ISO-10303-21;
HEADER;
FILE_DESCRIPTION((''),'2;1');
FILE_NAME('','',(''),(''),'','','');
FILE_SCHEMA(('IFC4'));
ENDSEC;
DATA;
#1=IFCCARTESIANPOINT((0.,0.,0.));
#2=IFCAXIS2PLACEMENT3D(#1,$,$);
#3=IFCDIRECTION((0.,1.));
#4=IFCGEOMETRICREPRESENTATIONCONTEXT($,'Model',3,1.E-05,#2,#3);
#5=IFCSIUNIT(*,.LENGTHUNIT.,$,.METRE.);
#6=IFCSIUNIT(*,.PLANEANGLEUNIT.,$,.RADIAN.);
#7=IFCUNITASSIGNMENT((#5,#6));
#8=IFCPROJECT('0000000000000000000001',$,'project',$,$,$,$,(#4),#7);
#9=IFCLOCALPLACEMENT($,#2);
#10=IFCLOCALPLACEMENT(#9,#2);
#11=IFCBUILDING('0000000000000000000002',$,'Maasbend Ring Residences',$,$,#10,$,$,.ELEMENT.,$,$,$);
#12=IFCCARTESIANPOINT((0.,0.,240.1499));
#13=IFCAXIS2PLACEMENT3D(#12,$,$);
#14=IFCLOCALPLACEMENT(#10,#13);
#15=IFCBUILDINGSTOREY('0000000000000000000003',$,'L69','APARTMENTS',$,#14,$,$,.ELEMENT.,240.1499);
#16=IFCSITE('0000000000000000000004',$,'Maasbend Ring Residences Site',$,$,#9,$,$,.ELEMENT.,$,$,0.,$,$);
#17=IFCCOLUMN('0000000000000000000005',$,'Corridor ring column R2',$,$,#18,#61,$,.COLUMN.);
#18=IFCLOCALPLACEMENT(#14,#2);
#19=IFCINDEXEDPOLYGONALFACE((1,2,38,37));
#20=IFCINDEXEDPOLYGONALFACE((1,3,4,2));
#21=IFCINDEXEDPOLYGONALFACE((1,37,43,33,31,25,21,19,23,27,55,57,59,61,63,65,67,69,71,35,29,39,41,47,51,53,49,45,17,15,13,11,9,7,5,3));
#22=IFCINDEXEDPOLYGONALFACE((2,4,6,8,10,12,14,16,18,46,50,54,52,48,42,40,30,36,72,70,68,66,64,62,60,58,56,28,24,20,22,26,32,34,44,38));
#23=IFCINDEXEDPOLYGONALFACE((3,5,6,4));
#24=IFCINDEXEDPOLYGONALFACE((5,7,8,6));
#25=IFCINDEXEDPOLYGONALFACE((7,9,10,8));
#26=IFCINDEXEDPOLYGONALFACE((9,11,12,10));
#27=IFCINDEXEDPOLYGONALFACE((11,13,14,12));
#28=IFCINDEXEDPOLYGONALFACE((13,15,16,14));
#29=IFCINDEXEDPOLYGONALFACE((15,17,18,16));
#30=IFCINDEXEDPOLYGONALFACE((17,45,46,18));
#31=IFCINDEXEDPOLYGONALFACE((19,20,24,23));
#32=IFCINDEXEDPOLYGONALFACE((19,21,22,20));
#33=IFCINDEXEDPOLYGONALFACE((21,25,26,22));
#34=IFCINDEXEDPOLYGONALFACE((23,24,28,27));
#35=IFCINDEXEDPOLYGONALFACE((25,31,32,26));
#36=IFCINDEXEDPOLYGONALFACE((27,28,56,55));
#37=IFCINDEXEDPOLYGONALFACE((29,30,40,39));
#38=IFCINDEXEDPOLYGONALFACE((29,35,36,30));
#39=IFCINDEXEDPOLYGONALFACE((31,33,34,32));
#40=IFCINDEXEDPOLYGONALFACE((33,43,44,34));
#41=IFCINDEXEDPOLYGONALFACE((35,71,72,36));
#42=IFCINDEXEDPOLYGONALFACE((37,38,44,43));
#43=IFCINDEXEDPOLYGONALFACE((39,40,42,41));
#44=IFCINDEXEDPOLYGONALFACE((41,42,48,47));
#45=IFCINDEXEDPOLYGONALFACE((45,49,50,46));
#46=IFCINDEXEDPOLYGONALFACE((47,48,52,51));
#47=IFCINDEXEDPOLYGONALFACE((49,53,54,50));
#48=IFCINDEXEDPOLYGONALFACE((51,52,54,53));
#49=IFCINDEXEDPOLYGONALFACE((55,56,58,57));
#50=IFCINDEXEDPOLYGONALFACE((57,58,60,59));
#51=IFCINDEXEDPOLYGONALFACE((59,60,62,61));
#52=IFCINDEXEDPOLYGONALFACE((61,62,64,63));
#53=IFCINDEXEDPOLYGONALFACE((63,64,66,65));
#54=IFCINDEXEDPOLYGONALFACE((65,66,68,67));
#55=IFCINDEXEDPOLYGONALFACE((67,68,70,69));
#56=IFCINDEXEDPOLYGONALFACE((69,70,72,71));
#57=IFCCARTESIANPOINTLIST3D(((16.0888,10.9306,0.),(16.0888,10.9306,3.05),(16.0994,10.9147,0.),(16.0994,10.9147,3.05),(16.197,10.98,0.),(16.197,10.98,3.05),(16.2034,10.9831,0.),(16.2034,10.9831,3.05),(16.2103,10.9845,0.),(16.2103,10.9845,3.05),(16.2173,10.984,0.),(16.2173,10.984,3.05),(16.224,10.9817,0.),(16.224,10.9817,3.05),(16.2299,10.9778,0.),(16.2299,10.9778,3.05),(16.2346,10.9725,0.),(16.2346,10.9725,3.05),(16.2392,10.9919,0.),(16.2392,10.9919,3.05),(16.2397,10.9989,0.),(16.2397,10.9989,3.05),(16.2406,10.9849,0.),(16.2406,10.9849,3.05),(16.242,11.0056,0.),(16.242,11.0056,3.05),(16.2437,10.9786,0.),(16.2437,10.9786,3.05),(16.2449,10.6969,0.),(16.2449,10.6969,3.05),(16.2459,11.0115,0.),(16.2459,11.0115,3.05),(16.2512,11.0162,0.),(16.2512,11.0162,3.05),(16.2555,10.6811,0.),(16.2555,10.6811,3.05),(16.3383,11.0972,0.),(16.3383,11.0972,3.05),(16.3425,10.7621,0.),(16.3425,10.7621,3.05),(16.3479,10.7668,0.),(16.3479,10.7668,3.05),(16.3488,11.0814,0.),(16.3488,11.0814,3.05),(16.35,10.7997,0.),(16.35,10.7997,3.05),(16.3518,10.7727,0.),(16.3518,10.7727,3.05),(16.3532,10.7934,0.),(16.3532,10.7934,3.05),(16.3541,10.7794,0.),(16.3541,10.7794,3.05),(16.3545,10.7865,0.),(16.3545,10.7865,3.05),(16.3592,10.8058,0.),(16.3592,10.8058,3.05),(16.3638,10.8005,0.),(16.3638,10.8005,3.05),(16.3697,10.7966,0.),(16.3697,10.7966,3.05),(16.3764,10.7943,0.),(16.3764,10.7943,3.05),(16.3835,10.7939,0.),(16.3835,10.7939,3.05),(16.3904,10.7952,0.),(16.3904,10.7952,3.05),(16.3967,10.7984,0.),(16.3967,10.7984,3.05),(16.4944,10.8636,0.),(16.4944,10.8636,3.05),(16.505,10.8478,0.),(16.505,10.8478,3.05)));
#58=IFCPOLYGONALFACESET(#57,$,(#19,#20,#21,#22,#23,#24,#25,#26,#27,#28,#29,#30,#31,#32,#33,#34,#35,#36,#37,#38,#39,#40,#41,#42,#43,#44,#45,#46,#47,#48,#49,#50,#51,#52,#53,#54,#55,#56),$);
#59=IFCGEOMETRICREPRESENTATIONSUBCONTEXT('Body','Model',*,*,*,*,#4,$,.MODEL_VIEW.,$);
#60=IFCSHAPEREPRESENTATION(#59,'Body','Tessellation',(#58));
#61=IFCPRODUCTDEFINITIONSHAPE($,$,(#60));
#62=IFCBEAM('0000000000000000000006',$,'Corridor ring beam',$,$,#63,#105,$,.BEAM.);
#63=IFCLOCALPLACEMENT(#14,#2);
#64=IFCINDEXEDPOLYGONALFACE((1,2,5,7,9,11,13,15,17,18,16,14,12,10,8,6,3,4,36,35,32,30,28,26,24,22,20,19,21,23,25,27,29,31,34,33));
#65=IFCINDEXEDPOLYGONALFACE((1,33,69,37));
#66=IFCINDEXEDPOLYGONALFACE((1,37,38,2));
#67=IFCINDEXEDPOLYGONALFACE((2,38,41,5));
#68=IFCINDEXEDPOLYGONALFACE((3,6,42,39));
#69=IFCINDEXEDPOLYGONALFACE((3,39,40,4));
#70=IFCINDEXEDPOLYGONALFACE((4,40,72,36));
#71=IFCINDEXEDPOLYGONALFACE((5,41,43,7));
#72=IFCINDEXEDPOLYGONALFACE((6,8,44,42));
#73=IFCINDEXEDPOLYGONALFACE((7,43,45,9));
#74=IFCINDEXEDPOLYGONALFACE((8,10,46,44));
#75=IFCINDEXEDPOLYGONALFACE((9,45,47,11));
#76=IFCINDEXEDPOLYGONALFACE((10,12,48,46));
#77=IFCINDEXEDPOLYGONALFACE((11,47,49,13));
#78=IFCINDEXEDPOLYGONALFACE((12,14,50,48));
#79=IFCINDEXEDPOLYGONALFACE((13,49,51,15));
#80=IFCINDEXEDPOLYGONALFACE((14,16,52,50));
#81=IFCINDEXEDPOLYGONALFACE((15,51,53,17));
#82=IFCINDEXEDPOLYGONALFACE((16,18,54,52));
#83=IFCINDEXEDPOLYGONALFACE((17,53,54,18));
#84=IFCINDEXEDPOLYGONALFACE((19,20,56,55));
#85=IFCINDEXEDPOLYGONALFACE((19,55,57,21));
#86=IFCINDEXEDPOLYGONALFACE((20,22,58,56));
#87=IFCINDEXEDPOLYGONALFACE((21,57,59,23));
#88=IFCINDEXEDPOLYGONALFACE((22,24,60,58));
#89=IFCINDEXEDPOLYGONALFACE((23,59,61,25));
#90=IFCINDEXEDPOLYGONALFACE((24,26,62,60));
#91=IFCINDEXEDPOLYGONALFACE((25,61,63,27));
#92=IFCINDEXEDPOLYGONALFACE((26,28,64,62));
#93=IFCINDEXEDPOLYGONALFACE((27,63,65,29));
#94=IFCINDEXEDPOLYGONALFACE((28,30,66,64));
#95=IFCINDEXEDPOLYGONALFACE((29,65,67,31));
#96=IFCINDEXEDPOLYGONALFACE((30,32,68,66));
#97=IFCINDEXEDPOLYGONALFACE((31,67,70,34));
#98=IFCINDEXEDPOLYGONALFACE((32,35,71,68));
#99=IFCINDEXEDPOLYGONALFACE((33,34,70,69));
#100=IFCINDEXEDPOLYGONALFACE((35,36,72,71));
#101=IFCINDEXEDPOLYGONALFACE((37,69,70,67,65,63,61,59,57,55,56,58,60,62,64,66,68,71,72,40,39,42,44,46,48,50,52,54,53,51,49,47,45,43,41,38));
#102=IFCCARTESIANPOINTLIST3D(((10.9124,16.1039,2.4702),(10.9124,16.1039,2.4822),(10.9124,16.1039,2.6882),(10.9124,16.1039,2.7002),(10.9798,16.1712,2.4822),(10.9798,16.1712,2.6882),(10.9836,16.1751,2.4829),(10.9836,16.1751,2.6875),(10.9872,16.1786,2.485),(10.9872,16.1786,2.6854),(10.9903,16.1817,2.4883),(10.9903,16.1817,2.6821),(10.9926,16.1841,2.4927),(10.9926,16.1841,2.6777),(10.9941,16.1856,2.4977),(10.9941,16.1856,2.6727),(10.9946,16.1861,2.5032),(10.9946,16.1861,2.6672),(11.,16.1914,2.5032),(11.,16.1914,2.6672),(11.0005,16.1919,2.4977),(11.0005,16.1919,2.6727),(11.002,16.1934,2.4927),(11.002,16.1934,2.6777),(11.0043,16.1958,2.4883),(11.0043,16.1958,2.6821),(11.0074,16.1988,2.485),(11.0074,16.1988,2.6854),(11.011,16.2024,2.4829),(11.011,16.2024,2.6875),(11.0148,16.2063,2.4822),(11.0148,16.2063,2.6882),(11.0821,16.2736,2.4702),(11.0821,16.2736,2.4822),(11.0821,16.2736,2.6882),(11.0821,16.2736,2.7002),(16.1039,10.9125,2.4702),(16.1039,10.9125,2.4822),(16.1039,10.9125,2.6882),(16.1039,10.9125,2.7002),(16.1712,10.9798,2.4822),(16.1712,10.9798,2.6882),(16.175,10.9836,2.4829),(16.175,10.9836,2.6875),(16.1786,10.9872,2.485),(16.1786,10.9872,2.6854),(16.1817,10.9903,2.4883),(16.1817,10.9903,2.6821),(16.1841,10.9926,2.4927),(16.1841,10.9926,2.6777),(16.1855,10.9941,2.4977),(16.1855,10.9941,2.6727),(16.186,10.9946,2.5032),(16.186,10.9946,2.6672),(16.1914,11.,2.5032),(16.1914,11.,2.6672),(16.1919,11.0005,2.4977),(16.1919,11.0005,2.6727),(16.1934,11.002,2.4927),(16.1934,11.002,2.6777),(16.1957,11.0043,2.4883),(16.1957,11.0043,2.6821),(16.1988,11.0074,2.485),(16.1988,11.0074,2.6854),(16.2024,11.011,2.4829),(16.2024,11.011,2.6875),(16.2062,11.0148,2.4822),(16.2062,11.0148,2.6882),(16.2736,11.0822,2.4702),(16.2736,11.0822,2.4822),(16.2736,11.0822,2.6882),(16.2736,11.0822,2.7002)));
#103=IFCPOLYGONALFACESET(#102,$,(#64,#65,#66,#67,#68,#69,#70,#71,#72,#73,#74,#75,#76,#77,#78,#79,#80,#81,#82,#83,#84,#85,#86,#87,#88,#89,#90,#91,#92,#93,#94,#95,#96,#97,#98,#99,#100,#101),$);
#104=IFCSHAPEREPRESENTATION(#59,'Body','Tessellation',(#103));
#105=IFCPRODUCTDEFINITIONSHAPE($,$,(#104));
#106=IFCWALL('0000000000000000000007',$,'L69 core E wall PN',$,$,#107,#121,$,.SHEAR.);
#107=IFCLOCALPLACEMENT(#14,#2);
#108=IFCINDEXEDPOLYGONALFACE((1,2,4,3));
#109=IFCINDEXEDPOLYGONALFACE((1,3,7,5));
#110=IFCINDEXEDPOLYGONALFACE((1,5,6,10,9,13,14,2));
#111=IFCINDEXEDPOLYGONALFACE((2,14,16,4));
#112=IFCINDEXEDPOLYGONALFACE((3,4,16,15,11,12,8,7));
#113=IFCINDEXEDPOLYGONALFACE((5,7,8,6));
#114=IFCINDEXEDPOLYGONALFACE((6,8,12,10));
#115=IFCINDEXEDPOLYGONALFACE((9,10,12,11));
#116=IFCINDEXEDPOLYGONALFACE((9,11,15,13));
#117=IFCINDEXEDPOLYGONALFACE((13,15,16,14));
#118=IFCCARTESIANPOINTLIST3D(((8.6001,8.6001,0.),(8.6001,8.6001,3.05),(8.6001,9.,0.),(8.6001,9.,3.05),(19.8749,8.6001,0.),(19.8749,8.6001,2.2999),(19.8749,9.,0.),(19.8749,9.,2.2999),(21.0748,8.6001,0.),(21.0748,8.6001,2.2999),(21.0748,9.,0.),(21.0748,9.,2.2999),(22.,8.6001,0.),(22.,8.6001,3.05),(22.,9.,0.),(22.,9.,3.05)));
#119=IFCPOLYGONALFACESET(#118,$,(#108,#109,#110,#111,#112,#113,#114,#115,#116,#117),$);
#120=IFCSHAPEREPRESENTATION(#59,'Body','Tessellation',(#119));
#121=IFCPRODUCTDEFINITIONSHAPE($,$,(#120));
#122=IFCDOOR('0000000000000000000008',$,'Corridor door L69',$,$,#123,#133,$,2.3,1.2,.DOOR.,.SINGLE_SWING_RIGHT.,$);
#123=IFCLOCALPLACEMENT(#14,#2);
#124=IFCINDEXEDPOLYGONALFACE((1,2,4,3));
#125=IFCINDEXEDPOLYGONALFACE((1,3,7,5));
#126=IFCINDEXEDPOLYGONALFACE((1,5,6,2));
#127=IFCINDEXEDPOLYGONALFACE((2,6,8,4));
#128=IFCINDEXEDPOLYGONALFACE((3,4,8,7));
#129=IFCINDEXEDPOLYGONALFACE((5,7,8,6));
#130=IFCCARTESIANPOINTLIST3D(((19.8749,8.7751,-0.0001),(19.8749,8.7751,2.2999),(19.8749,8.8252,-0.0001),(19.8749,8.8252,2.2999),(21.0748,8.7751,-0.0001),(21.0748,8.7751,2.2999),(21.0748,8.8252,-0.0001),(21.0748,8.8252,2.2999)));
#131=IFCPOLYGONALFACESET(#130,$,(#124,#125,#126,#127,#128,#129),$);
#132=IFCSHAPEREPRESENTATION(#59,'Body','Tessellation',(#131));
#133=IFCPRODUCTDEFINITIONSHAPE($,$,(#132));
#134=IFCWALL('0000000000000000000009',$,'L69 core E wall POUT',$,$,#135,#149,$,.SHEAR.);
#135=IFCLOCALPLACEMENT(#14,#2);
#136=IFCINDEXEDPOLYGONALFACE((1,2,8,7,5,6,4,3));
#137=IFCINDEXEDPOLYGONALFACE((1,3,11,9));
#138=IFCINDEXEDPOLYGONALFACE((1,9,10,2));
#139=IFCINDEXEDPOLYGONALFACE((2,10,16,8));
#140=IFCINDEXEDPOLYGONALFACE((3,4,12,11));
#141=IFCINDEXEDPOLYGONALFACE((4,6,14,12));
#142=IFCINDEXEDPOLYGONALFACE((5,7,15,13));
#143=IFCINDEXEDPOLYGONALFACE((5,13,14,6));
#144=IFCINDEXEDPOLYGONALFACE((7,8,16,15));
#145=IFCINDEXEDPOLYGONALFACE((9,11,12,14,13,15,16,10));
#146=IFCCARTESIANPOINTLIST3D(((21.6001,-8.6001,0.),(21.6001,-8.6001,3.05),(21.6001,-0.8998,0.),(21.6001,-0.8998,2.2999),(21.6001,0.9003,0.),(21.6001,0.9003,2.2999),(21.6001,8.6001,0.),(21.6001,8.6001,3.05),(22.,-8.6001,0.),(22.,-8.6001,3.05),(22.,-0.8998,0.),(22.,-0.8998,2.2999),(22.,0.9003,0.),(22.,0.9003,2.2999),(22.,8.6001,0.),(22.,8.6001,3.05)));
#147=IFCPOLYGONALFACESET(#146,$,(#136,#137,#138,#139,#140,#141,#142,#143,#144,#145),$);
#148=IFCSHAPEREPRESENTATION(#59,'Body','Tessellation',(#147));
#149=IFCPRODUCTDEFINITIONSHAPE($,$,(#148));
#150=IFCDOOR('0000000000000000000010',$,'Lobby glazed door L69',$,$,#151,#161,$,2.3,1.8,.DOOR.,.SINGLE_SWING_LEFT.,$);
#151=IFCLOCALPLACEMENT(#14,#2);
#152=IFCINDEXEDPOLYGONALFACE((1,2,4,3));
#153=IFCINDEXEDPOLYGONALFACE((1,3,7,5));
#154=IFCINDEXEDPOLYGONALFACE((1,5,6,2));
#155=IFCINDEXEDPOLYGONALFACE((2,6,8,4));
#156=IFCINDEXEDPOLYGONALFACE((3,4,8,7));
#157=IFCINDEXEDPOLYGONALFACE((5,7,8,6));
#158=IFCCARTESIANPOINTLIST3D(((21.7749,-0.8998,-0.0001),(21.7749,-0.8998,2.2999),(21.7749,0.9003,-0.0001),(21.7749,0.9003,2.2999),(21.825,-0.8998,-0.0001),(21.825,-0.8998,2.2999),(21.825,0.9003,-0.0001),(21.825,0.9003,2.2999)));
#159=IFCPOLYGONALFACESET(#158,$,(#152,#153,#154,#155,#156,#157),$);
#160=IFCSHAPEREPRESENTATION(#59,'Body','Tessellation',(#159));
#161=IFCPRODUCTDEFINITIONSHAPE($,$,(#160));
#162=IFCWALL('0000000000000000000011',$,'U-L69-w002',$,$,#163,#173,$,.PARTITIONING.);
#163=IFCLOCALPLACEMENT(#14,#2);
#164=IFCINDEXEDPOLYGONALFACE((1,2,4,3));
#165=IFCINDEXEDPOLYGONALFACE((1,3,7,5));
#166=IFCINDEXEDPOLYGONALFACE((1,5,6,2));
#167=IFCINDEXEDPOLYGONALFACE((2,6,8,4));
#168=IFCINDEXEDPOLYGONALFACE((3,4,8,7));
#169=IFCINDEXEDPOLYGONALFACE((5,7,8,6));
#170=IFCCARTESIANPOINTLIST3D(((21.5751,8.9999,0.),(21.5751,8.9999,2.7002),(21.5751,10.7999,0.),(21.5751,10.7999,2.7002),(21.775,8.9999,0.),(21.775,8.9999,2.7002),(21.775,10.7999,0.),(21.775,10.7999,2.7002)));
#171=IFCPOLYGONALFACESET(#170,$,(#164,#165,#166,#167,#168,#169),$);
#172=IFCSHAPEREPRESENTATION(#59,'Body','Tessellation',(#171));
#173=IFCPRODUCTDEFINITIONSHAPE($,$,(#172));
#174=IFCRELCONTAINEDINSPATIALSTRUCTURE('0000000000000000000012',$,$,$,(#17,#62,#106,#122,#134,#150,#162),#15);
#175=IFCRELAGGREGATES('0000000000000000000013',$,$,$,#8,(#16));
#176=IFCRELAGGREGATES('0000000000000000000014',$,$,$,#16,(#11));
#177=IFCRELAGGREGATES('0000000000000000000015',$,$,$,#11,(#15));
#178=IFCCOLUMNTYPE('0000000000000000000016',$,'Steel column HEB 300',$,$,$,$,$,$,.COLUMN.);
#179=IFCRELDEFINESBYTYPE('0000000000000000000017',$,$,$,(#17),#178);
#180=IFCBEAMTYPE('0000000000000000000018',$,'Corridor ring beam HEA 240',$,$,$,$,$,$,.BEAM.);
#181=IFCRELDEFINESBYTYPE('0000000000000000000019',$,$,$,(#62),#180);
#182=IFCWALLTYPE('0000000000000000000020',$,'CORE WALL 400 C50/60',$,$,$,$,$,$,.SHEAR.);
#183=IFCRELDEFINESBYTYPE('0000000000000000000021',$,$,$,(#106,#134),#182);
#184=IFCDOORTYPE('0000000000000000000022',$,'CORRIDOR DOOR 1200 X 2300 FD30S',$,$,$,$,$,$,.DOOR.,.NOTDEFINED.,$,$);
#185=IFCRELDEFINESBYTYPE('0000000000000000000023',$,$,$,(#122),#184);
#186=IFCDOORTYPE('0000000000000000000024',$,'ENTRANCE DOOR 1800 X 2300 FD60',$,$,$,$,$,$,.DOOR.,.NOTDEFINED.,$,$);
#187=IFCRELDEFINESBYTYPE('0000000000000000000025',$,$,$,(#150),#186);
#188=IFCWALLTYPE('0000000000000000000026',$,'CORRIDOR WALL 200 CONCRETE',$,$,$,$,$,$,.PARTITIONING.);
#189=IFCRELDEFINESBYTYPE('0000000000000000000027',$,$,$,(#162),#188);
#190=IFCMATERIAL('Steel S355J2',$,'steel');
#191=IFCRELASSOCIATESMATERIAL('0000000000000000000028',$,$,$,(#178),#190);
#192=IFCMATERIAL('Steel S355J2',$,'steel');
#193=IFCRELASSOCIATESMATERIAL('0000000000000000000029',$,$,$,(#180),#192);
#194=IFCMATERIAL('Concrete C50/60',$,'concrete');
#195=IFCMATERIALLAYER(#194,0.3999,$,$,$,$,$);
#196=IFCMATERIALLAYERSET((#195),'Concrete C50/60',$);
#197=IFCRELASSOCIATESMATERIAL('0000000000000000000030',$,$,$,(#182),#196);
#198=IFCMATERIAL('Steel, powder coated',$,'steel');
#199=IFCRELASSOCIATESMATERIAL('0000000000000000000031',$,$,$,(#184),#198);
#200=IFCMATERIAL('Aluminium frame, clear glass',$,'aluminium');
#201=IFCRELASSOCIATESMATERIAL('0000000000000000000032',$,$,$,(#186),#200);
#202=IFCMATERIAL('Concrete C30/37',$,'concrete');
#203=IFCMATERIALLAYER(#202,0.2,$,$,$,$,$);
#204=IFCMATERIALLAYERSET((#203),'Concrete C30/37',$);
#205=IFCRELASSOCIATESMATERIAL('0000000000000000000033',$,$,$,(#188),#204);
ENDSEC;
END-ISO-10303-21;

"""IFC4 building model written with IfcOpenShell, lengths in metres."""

from ifc_helpers import new_model, si_unit, direction, frame, frame_2d, origin, origin_2d, place, context, subcontext, project, spatial, rectangle, i_section, extrude, material, layer, layer_set, material_profile, profile_set, type_object, element, fill, save


model = new_model("IFC4")

# Units and contexts
model_context = context("Model", 3, precision=1e-05, world=origin(), true_north=direction((0.0, 1.0)))
body_context = subcontext(model_context, "Body", "Model", "MODEL_VIEW")
ifc_project = project(units=[si_unit("LENGTHUNIT", "METRE"), si_unit("PLANEANGLEUNIT", "RADIAN")], contexts=[model_context])

# Site, building, storey
site_placement = place(None, origin())
site = spatial("IfcSite", under=ifc_project, at=site_placement, Name="Maasbend Ring Residences Site", CompositionType="ELEMENT", RefElevation=0.0)
building_placement = place(site_placement, origin())
building = spatial("IfcBuilding", under=site, at=building_placement, Name="Maasbend Ring Residences", CompositionType="ELEMENT")
storey_placement = place(building_placement, frame((0.0, 0.0, 240.1499)))
storey = spatial("IfcBuildingStorey", under=building, at=storey_placement, Name="L69", Description="APARTMENTS", CompositionType="ELEMENT", Elevation=240.1499)

# Column
ifc_material_1 = material(Name="Steel S355J2", Category="steel")
ifc_material_profile_1 = material_profile(ifc_material_1, i_section(OverallWidth=0.3, OverallDepth=0.3, WebThickness=0.011, FlangeThickness=0.019, FilletRadius=0.0271, at=origin_2d()), Name="HEB 300")
ifc_profile_set_1 = profile_set([ifc_material_profile_1], Name="Steel S355J2")
column_type = type_object("IfcColumnType", Name="Steel column HEB 300", PredefinedType="COLUMN", material=ifc_profile_set_1)
column_placement = place(storey_placement, frame((16.2969, 10.8892, 0.0), z_axis=(0.0, 0.0, 1.0), x_axis=(0.83147, 0.55557, 0.0)))
element("IfcColumn", 1, at=column_placement, inside=storey, type_object=column_type, Name="Corridor ring column R2", PredefinedType="COLUMN", context=body_context, shape_type="SweptSolid", body=[
    extrude(i_section(OverallWidth=0.3, OverallDepth=0.3, WebThickness=0.011, FlangeThickness=0.019, FilletRadius=0.0271, at=origin_2d()), origin(), (0.0, 0.0, 1.0), 3.05),
])

# Beam
ifc_material_2 = material(Name="Steel S355J2", Category="steel")
ifc_material_profile_2 = material_profile(ifc_material_2, i_section(OverallWidth=0.24, OverallDepth=0.23, WebThickness=0.0076, FlangeThickness=0.012, FilletRadius=0.021, at=origin_2d()), Name="HEA 240")
ifc_profile_set_2 = profile_set([ifc_material_profile_2], Name="Steel S355J2")
beam_type = type_object("IfcBeamType", Name="Corridor ring beam HEA 240", PredefinedType="BEAM", material=ifc_profile_set_2)
beam_placement = place(storey_placement, frame((16.1887, 10.9973, 2.5852), z_axis=(-0.707107, 0.707107, 0.0), x_axis=(-0.707107, -0.707107, 0.0)))
element("IfcBeam", 2, at=beam_placement, inside=storey, type_object=beam_type, Name="Corridor ring beam", PredefinedType="BEAM", context=body_context, shape_type="SweptSolid", body=[
    extrude(i_section(OverallWidth=0.24, OverallDepth=0.23, WebThickness=0.0076, FlangeThickness=0.012, FilletRadius=0.021, at=origin_2d()), origin(), (0.0, 0.0, 1.0), 7.3418),
])

# Walls, openings, doors
ifc_material_3 = material(Name="Concrete C50/60", Category="concrete")
ifc_layer_1 = layer(ifc_material_3, 0.3999)
ifc_layer_set_1 = layer_set([ifc_layer_1], Name="Concrete C50/60")
wall_type_1 = type_object("IfcWallType", Name="CORE WALL 400 C50/60", PredefinedType="SHEAR", material=ifc_layer_set_1)
wall_1_placement = place(storey_placement, frame((22.0, 8.8, 0.0), z_axis=(0.0, 0.0, 1.0), x_axis=(-1.0, 0.0, 0.0)))
wall_1 = element("IfcWall", 3, at=wall_1_placement, inside=storey, type_object=wall_type_1, Name="L69 core E wall PN", PredefinedType="SHEAR", context=body_context, shape_type="SweptSolid", body=[
    extrude(rectangle(XDim=13.3999, YDim=0.3999, at=frame_2d((6.7, 0.0))), origin(), (0.0, 0.0, 1.0), 3.05),
])
opening_1_placement = place(wall_1_placement, frame((0.925, 0.0, 0.0)))
opening_1 = element("IfcOpeningElement", 4, at=opening_1_placement, cuts=wall_1, PredefinedType="OPENING", context=body_context, shape_type="SweptSolid", body=[
    extrude(rectangle(XDim=1.2, YDim=2.3, at=frame_2d((0.6001, 1.1499))), frame((0.0, 0.21, 0.0), z_axis=(0.0, -1.0, 0.0), x_axis=(1.0, 0.0, 0.0)), (0.0, 0.0, 1.0), 0.4199),
])
ifc_material_4 = material(Name="Steel, powder coated", Category="steel")
door_type_1 = type_object("IfcDoorType", Name="CORRIDOR DOOR 1200 X 2300 FD30S", OperationType="NOTDEFINED", PredefinedType="DOOR", material=ifc_material_4)
door_1_placement = place(opening_1_placement, origin())
door_1 = element("IfcDoor", 5, at=door_1_placement, inside=storey, type_object=door_type_1, Name="Corridor door L69", OperationType="SINGLE_SWING_RIGHT", OverallHeight=2.3, OverallWidth=1.2, PredefinedType="DOOR", context=body_context, shape_type="SweptSolid", body=[
    extrude(rectangle(XDim=1.2, YDim=2.3, at=frame_2d((0.6001, 1.1499))), frame((0.0, 0.0249, 0.0), z_axis=(0.0, -1.0, 0.0), x_axis=(1.0, 0.0, 0.0)), (0.0, 0.0, 1.0), 0.05),
])
fill(opening_1, door_1)
wall_2_placement = place(storey_placement, frame((21.8, 8.6001, 0.0), z_axis=(0.0, 0.0, 1.0), x_axis=(0.0, -1.0, 0.0)))
wall_2 = element("IfcWall", 6, at=wall_2_placement, inside=storey, type_object=wall_type_1, Name="L69 core E wall POUT", PredefinedType="SHEAR", context=body_context, shape_type="SweptSolid", body=[
    extrude(rectangle(XDim=17.2002, YDim=0.3999, at=frame_2d((8.6001, 0.0))), origin(), (0.0, 0.0, 1.0), 3.05),
])
opening_2_placement = place(wall_2_placement, frame((7.7, 0.0, 0.0)))
opening_2 = element("IfcOpeningElement", 7, at=opening_2_placement, cuts=wall_2, PredefinedType="OPENING", context=body_context, shape_type="SweptSolid", body=[
    extrude(rectangle(XDim=1.8, YDim=2.3, at=frame_2d((0.8999, 1.1499))), frame((0.0, 0.21, 0.0), z_axis=(0.0, -1.0, 0.0), x_axis=(1.0, 0.0, 0.0)), (0.0, 0.0, 1.0), 0.4199),
])
ifc_material_5 = material(Name="Aluminium frame, clear glass", Category="aluminium")
door_type_2 = type_object("IfcDoorType", Name="ENTRANCE DOOR 1800 X 2300 FD60", OperationType="NOTDEFINED", PredefinedType="DOOR", material=ifc_material_5)
door_2_placement = place(opening_2_placement, origin())
door_2 = element("IfcDoor", 8, at=door_2_placement, inside=storey, type_object=door_type_2, Name="Lobby glazed door L69", OperationType="SINGLE_SWING_LEFT", OverallHeight=2.3, OverallWidth=1.8, PredefinedType="DOOR", context=body_context, shape_type="SweptSolid", body=[
    extrude(rectangle(XDim=1.8, YDim=2.3, at=frame_2d((0.8999, 1.1499))), frame((0.0, 0.0249, 0.0), z_axis=(0.0, -1.0, 0.0), x_axis=(1.0, 0.0, 0.0)), (0.0, 0.0, 1.0), 0.05),
])
fill(opening_2, door_2)

# Wall
ifc_material_6 = material(Name="Concrete C30/37", Category="concrete")
ifc_layer_2 = layer(ifc_material_6, 0.2)
ifc_layer_set_2 = layer_set([ifc_layer_2], Name="Concrete C30/37")
wall_type_2 = type_object("IfcWallType", Name="CORRIDOR WALL 200 CONCRETE", PredefinedType="PARTITIONING", material=ifc_layer_set_2)
wall_3_placement = place(storey_placement, frame((21.675, 9.0, 0.0), z_axis=(0.0, 0.0, 1.0), x_axis=(0.0, 1.0, 0.0)))
element("IfcWall", 9, at=wall_3_placement, inside=storey, type_object=wall_type_2, Name="U-L69-w002", PredefinedType="PARTITIONING", context=body_context, shape_type="SweptSolid", body=[
    extrude(rectangle(XDim=1.8, YDim=0.2, at=frame_2d((0.8999, 0.0))), origin(), (0.0, 0.0, 1.0), 2.7002),
])

save(model, "model.ifc")
